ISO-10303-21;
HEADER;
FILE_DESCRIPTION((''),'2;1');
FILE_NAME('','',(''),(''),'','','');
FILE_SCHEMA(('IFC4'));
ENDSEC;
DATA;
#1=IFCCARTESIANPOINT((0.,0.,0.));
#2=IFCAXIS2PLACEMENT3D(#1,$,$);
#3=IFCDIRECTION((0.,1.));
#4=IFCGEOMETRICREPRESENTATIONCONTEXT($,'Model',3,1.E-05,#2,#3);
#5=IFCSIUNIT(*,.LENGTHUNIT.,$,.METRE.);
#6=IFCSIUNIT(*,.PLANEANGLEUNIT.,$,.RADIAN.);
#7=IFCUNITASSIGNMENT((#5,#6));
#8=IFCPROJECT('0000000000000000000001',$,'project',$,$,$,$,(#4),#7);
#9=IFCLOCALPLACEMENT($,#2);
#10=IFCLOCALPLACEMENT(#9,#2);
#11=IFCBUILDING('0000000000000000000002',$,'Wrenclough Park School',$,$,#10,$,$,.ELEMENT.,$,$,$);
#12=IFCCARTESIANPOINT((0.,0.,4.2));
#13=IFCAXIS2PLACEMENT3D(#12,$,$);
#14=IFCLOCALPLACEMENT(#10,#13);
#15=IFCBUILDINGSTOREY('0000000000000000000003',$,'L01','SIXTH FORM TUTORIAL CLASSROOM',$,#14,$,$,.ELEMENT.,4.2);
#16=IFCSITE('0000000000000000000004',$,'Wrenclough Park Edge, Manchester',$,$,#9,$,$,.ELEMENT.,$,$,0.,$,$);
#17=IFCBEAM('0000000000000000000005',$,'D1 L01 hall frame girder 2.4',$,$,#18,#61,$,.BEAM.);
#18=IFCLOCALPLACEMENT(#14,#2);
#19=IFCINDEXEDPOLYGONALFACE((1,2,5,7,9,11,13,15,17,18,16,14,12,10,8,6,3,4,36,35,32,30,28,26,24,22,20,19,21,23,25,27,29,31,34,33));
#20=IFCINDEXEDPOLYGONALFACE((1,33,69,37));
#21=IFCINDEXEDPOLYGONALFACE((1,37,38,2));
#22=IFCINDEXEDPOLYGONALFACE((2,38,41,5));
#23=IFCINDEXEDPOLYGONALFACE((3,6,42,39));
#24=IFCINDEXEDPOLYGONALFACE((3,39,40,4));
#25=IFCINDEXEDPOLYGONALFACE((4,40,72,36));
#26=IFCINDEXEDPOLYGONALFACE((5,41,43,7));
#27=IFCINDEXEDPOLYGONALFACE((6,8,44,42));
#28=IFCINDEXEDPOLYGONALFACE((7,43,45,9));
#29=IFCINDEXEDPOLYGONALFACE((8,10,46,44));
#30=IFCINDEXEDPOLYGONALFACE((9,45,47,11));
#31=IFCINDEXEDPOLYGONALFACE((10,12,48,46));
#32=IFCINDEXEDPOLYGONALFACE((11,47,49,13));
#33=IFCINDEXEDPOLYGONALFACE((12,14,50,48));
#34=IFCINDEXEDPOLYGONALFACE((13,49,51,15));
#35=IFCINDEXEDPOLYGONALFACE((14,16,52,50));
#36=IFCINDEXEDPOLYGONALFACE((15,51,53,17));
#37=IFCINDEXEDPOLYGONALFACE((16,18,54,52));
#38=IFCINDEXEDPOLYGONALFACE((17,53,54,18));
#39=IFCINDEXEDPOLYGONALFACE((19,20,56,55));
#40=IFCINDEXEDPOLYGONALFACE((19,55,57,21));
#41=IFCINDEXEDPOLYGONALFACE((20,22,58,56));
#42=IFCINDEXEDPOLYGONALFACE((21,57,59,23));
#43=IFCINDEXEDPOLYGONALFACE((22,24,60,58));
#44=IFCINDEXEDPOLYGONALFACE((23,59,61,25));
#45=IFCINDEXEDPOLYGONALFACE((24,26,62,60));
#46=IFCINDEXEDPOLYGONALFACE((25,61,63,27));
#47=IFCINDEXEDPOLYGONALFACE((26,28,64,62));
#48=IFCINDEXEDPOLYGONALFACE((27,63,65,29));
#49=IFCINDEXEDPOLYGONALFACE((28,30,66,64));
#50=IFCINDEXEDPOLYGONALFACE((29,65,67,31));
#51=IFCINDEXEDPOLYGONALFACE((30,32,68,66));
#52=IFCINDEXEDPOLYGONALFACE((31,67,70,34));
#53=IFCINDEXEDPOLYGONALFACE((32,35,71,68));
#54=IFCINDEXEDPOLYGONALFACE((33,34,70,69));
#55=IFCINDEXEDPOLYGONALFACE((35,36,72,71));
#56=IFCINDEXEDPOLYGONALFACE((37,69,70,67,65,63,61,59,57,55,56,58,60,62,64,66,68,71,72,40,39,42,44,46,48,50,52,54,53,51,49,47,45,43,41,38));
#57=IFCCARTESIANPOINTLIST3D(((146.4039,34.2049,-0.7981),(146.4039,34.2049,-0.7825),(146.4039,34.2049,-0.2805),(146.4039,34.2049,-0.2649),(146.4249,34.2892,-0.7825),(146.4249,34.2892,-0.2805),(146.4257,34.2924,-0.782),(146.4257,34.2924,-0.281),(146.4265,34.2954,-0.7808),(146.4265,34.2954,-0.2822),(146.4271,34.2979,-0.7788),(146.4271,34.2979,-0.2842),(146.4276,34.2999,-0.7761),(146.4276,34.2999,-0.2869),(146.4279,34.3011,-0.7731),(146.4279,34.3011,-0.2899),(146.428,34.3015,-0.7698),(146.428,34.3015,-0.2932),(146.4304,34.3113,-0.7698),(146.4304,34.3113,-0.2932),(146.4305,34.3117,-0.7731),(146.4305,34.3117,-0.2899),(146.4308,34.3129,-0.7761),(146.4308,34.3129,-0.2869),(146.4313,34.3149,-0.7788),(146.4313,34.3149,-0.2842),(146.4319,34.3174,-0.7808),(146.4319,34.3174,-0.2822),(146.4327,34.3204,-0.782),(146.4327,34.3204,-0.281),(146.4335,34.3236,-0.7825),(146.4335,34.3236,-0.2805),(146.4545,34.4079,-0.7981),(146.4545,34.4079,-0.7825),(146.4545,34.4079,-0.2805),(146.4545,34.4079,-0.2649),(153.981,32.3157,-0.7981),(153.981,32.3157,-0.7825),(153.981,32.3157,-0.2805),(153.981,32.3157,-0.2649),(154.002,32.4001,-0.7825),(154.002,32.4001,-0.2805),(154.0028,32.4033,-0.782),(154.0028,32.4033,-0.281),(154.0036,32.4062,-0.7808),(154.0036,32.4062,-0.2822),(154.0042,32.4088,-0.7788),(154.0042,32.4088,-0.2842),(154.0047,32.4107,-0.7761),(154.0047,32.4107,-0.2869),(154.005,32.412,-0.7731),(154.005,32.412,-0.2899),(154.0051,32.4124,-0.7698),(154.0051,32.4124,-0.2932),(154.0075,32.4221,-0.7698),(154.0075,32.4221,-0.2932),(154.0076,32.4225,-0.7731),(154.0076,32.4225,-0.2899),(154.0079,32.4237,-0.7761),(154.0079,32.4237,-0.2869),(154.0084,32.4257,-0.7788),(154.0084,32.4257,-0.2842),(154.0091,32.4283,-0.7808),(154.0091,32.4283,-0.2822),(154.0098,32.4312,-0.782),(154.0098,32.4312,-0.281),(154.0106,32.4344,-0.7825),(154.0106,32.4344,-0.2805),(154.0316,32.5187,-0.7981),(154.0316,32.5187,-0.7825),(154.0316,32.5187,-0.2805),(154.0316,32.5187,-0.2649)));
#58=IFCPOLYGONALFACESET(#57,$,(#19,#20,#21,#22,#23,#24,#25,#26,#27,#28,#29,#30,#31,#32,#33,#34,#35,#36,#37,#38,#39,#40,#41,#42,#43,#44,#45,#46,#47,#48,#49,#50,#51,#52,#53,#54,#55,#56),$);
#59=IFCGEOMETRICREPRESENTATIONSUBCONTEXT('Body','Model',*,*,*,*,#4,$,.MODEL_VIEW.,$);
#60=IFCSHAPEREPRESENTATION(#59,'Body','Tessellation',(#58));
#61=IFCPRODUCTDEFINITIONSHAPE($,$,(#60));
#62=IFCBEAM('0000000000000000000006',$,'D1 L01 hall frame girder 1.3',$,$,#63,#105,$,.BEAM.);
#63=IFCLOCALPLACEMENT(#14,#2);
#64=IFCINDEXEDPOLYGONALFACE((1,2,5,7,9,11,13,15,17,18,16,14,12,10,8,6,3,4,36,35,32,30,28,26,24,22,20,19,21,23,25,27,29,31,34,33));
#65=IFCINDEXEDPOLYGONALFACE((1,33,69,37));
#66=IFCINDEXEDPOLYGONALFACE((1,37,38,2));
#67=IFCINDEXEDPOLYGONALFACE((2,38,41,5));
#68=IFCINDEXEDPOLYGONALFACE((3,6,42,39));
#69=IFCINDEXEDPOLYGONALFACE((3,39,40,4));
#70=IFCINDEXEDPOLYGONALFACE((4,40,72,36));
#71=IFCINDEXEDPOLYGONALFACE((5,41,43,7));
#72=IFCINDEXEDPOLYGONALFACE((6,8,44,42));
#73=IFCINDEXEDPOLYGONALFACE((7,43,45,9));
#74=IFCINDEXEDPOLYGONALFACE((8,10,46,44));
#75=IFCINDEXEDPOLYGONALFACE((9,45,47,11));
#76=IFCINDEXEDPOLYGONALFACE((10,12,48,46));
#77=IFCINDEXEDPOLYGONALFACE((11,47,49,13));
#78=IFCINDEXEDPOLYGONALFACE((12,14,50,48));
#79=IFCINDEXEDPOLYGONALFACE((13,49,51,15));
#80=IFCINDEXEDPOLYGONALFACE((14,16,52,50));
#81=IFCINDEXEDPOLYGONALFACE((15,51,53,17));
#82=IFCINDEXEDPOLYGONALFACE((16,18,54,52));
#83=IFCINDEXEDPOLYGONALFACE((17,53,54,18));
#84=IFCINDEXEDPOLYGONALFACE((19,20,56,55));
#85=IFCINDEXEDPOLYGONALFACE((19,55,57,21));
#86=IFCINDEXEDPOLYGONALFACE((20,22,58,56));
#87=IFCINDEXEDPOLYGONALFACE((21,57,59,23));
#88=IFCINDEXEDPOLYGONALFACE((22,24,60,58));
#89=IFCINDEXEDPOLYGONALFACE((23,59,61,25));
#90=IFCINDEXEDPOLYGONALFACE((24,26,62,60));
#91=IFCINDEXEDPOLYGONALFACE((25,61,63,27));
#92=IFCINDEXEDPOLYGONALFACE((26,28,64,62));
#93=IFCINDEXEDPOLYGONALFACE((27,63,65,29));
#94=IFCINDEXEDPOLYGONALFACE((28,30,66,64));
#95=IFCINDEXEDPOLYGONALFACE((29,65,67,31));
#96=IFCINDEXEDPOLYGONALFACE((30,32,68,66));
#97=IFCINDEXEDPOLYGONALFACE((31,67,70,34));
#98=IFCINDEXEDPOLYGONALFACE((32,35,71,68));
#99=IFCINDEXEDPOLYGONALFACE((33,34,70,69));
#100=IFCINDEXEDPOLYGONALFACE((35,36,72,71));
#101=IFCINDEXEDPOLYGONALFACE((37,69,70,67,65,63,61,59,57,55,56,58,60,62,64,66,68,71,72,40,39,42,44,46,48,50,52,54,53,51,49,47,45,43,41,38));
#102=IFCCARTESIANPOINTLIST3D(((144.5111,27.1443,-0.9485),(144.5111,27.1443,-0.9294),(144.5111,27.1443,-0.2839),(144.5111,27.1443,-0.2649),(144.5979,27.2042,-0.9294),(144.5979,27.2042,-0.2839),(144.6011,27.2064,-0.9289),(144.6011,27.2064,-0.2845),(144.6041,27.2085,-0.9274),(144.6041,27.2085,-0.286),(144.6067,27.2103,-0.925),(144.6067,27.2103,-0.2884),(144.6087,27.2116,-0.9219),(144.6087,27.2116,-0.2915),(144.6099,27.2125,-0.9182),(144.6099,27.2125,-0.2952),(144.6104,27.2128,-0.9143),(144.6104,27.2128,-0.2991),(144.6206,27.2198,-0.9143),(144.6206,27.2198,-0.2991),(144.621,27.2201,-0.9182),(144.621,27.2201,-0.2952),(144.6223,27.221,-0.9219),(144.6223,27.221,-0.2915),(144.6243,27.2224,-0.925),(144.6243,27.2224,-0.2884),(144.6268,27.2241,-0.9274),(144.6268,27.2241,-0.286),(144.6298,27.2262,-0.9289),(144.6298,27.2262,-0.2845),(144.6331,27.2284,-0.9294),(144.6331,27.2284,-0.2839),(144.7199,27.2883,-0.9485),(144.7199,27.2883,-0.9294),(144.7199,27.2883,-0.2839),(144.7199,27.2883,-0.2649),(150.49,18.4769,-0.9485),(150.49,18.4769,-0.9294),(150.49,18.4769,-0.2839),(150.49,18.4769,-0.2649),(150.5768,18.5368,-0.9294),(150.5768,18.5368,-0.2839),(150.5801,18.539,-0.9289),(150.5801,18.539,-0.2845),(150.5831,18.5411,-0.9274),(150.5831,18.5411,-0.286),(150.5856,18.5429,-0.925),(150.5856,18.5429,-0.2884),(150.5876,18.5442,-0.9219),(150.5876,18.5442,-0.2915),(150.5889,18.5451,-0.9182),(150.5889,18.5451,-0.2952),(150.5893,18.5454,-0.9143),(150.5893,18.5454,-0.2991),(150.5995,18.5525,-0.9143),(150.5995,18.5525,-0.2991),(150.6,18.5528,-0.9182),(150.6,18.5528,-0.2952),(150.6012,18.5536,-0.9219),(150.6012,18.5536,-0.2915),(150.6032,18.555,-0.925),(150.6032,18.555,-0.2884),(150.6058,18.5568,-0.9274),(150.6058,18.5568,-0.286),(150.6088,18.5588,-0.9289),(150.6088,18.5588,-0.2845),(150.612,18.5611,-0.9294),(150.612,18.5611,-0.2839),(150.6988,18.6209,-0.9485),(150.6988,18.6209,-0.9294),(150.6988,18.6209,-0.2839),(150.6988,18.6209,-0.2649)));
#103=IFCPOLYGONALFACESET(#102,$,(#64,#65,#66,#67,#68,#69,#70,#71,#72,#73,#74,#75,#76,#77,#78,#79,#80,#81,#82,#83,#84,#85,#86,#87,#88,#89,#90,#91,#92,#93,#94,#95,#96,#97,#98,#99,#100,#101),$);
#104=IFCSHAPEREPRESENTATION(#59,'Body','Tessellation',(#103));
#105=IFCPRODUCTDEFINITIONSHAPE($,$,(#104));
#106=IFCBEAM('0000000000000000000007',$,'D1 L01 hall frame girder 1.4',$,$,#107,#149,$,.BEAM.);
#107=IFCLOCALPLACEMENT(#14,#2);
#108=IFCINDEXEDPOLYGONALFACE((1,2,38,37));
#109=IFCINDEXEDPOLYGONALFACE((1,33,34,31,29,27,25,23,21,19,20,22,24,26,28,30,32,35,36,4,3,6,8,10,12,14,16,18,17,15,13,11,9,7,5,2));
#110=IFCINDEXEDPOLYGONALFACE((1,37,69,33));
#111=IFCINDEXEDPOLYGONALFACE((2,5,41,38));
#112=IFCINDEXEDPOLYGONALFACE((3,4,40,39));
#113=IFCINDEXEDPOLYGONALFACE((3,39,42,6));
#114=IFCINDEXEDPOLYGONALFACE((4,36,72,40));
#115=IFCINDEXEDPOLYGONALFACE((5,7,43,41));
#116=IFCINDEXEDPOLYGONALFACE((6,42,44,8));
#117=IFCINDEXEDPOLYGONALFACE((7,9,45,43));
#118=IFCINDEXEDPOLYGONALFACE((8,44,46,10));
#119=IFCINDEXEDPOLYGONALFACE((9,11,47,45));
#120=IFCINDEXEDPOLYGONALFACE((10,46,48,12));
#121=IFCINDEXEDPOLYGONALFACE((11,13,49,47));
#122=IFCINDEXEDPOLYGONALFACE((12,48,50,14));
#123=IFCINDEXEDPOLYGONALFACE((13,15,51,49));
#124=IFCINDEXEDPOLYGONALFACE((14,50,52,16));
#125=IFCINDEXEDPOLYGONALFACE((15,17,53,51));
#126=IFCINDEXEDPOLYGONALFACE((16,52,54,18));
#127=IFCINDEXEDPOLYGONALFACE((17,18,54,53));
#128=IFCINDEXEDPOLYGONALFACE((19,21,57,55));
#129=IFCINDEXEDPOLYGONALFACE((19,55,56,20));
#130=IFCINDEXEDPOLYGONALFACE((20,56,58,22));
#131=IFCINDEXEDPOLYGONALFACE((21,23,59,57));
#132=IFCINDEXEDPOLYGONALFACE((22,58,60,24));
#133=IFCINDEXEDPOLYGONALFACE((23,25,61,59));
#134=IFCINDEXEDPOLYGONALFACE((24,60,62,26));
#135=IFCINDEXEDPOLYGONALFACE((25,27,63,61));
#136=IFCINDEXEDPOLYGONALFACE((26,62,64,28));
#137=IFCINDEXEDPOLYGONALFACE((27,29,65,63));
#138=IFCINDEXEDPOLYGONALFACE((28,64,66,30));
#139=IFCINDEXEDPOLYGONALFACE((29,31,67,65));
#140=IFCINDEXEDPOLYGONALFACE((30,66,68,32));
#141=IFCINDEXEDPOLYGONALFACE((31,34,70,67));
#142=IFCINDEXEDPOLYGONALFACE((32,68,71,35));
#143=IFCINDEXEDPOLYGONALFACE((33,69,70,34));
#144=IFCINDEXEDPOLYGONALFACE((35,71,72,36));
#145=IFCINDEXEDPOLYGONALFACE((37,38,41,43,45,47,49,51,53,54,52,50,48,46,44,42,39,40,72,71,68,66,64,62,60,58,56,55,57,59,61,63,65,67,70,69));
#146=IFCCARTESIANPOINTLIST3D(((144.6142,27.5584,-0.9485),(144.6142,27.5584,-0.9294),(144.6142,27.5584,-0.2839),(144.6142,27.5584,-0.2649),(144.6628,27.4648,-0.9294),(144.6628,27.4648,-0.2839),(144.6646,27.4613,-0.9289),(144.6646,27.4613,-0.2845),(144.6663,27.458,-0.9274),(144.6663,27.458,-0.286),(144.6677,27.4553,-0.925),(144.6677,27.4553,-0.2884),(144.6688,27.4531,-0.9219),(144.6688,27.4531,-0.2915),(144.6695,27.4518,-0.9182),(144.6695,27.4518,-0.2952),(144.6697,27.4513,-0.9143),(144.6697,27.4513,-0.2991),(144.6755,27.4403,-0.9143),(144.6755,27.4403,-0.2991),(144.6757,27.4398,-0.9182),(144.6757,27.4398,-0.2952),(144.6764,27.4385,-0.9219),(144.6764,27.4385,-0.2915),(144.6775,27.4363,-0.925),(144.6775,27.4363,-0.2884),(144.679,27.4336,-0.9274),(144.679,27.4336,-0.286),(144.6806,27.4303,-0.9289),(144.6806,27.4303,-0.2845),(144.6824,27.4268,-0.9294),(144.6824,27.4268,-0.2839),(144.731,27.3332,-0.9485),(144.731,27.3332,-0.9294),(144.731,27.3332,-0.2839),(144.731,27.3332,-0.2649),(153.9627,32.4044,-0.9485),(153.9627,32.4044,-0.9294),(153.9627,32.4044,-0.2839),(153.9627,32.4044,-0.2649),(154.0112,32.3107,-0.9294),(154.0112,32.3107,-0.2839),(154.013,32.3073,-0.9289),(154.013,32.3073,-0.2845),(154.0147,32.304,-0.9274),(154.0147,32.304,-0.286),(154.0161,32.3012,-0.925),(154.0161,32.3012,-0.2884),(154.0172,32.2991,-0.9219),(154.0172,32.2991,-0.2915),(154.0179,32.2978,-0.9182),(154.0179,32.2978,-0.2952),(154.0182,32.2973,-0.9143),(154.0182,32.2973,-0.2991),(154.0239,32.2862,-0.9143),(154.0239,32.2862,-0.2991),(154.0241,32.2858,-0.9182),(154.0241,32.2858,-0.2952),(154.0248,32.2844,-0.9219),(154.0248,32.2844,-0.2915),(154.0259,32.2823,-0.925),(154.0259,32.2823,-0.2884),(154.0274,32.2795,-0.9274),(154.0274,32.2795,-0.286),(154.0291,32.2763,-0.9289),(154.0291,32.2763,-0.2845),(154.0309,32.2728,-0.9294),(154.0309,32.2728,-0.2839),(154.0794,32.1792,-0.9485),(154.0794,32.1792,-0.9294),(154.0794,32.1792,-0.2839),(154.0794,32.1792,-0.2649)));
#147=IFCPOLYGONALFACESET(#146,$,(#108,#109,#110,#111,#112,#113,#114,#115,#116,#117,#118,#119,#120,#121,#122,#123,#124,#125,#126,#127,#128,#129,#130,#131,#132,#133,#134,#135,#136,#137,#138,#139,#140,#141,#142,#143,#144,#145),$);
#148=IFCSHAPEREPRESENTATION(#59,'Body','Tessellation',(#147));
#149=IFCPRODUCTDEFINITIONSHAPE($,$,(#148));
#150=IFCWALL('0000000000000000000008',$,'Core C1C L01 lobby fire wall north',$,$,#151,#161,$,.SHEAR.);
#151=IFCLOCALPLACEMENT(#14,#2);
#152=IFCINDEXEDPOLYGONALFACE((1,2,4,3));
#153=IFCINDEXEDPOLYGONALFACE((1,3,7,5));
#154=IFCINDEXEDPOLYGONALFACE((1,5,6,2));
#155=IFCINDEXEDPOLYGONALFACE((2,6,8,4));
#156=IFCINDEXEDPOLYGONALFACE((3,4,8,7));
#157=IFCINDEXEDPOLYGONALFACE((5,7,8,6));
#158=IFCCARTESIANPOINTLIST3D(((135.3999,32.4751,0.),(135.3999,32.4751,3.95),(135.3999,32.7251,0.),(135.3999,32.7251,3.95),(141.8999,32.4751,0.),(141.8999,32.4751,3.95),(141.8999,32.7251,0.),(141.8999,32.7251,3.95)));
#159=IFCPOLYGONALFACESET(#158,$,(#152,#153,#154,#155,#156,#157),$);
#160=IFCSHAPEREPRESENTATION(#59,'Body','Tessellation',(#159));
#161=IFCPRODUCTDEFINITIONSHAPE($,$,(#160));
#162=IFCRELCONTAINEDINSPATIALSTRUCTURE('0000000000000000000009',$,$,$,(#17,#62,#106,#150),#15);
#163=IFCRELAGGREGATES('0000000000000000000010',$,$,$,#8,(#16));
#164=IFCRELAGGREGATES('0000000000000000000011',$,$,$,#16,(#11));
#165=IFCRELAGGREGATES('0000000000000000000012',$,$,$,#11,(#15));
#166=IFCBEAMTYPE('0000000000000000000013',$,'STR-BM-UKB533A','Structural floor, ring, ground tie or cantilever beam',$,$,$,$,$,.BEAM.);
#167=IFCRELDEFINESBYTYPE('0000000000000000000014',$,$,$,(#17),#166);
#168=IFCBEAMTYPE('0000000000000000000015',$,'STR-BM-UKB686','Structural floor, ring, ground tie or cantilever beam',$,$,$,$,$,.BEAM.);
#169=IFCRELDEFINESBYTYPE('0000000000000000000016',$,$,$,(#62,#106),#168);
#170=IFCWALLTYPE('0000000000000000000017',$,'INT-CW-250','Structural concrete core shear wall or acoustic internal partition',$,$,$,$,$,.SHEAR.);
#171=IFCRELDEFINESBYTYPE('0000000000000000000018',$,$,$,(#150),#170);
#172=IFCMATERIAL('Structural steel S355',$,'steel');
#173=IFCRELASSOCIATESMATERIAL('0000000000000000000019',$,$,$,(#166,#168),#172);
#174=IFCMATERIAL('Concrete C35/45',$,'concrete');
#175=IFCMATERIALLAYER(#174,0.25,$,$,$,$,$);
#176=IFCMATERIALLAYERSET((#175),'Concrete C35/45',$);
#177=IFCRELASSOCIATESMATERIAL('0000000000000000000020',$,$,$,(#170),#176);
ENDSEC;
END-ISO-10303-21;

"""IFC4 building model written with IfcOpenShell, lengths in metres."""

from ifc_helpers import new_model, si_unit, direction, frame, frame_2d, origin, origin_2d, place, context, subcontext, project, spatial, rectangle, i_section, extrude, material, layer, layer_set, material_profile, profile_set, type_object, element, save


model = new_model("IFC4")

# Units and contexts
model_context = context("Model", 3, precision=1e-05, world=origin(), true_north=direction((0.0, 1.0)))
body_context = subcontext(model_context, "Body", "Model", "MODEL_VIEW")
ifc_project = project(units=[si_unit("LENGTHUNIT", "METRE"), si_unit("PLANEANGLEUNIT", "RADIAN")], contexts=[model_context])

# Site, building, storey
site_placement = place(None, origin())
site = spatial("IfcSite", under=ifc_project, at=site_placement, Name="Wrenclough Park Edge, Manchester", CompositionType="ELEMENT", RefElevation=0.0)
building_placement = place(site_placement, origin())
building = spatial("IfcBuilding", under=site, at=building_placement, Name="Wrenclough Park School", CompositionType="ELEMENT")
storey_placement = place(building_placement, frame((0.0, 0.0, 4.2)))
storey = spatial("IfcBuildingStorey", under=building, at=storey_placement, Name="L01", Description="SIXTH FORM TUTORIAL CLASSROOM", CompositionType="ELEMENT", Elevation=4.2)

# Shared definitions
ifc_material_1 = material(Name="Structural steel S355", Category="steel")

# Beams
ifc_material_profile_1 = material_profile(ifc_material_1, i_section(OverallWidth=0.2092, OverallDepth=0.5332, WebThickness=0.01, FlangeThickness=0.0156, FilletRadius=0.0127, at=origin_2d()), Name="UKB 533x210x92")
ifc_profile_set_1 = profile_set([ifc_material_profile_1], Name="Structural steel S355")
beam_type_1 = type_object("IfcBeamType", Name="STR-BM-UKB533A", Description="Structural floor, ring, ground tie or cantilever beam", PredefinedType="BEAM", material=ifc_profile_set_1)
beam_1_placement = place(storey_placement, frame((146.4292, 34.3064, -0.5315), z_axis=(0.970297, -0.241918, 0.0), x_axis=(0.241918, 0.970297, 0.0)))
element("IfcBeam", 1, at=beam_1_placement, inside=storey, type_object=beam_type_1, Name="D1 L01 hall frame girder 2.4", PredefinedType="BEAM", context=body_context, shape_type="SweptSolid", body=[
    extrude(i_section(OverallWidth=0.2092, OverallDepth=0.5332, WebThickness=0.01, FlangeThickness=0.0156, FilletRadius=0.0127, at=origin_2d()), origin(), (0.0, 0.0, 1.0), 7.8091),
])
ifc_material_profile_2 = material_profile(ifc_material_1, i_section(OverallWidth=0.2537, OverallDepth=0.6836, WebThickness=0.0125, FlangeThickness=0.019, FilletRadius=0.0151, at=origin_2d()), Name="UKB 686x254x140")
ifc_profile_set_2 = profile_set([ifc_material_profile_2], Name="Structural steel S355")
beam_type_2 = type_object("IfcBeamType", Name="STR-BM-UKB686", Description="Structural floor, ring, ground tie or cantilever beam", PredefinedType="BEAM", material=ifc_profile_set_2)
beam_2_placement = place(storey_placement, frame((144.6155, 27.2163, -0.6067), z_axis=(0.567825, -0.823149, 0.0), x_axis=(0.823149, 0.567825, 0.0)))
element("IfcBeam", 2, at=beam_2_placement, inside=storey, type_object=beam_type_2, Name="D1 L01 hall frame girder 1.3", PredefinedType="BEAM", context=body_context, shape_type="SweptSolid", body=[
    extrude(i_section(OverallWidth=0.2537, OverallDepth=0.6836, WebThickness=0.0125, FlangeThickness=0.019, FilletRadius=0.0151, at=origin_2d()), origin(), (0.0, 0.0, 1.0), 10.5295),
])
beam_3_placement = place(storey_placement, frame((144.6726, 27.4458, -0.6067), z_axis=(0.887808, 0.460215, 0.0), x_axis=(-0.460215, 0.887808, 0.0)))
element("IfcBeam", 3, at=beam_3_placement, inside=storey, type_object=beam_type_2, Name="D1 L01 hall frame girder 1.4", PredefinedType="BEAM", context=body_context, shape_type="SweptSolid", body=[
    extrude(i_section(OverallWidth=0.2537, OverallDepth=0.6836, WebThickness=0.0125, FlangeThickness=0.019, FilletRadius=0.0151, at=origin_2d()), origin(), (0.0, 0.0, 1.0), 10.5298),
])

# Shared definitions
ifc_material_2 = material(Name="Concrete C35/45", Category="concrete")
ifc_layer_1 = layer(ifc_material_2, 0.25)
ifc_layer_set_1 = layer_set([ifc_layer_1], Name="Concrete C35/45")
wall_type_1 = type_object("IfcWallType", Name="INT-CW-250", Description="Structural concrete core shear wall or acoustic internal partition", PredefinedType="SHEAR", material=ifc_layer_set_1)

# Wall
wall_1_placement = place(storey_placement, frame((141.8999, 32.6001, 0.0), z_axis=(0.0, 0.0, 1.0), x_axis=(-1.0, 0.0, 0.0)))
element("IfcWall", 4, at=wall_1_placement, inside=storey, type_object=wall_type_1, Name="Core C1C L01 lobby fire wall north", PredefinedType="SHEAR", context=body_context, shape_type="SweptSolid", body=[
    extrude(rectangle(XDim=6.5, YDim=0.25, at=frame_2d((3.25, 0.0))), origin(), (0.0, 0.0, 1.0), 3.95),
])

save(model, "model.ifc")
